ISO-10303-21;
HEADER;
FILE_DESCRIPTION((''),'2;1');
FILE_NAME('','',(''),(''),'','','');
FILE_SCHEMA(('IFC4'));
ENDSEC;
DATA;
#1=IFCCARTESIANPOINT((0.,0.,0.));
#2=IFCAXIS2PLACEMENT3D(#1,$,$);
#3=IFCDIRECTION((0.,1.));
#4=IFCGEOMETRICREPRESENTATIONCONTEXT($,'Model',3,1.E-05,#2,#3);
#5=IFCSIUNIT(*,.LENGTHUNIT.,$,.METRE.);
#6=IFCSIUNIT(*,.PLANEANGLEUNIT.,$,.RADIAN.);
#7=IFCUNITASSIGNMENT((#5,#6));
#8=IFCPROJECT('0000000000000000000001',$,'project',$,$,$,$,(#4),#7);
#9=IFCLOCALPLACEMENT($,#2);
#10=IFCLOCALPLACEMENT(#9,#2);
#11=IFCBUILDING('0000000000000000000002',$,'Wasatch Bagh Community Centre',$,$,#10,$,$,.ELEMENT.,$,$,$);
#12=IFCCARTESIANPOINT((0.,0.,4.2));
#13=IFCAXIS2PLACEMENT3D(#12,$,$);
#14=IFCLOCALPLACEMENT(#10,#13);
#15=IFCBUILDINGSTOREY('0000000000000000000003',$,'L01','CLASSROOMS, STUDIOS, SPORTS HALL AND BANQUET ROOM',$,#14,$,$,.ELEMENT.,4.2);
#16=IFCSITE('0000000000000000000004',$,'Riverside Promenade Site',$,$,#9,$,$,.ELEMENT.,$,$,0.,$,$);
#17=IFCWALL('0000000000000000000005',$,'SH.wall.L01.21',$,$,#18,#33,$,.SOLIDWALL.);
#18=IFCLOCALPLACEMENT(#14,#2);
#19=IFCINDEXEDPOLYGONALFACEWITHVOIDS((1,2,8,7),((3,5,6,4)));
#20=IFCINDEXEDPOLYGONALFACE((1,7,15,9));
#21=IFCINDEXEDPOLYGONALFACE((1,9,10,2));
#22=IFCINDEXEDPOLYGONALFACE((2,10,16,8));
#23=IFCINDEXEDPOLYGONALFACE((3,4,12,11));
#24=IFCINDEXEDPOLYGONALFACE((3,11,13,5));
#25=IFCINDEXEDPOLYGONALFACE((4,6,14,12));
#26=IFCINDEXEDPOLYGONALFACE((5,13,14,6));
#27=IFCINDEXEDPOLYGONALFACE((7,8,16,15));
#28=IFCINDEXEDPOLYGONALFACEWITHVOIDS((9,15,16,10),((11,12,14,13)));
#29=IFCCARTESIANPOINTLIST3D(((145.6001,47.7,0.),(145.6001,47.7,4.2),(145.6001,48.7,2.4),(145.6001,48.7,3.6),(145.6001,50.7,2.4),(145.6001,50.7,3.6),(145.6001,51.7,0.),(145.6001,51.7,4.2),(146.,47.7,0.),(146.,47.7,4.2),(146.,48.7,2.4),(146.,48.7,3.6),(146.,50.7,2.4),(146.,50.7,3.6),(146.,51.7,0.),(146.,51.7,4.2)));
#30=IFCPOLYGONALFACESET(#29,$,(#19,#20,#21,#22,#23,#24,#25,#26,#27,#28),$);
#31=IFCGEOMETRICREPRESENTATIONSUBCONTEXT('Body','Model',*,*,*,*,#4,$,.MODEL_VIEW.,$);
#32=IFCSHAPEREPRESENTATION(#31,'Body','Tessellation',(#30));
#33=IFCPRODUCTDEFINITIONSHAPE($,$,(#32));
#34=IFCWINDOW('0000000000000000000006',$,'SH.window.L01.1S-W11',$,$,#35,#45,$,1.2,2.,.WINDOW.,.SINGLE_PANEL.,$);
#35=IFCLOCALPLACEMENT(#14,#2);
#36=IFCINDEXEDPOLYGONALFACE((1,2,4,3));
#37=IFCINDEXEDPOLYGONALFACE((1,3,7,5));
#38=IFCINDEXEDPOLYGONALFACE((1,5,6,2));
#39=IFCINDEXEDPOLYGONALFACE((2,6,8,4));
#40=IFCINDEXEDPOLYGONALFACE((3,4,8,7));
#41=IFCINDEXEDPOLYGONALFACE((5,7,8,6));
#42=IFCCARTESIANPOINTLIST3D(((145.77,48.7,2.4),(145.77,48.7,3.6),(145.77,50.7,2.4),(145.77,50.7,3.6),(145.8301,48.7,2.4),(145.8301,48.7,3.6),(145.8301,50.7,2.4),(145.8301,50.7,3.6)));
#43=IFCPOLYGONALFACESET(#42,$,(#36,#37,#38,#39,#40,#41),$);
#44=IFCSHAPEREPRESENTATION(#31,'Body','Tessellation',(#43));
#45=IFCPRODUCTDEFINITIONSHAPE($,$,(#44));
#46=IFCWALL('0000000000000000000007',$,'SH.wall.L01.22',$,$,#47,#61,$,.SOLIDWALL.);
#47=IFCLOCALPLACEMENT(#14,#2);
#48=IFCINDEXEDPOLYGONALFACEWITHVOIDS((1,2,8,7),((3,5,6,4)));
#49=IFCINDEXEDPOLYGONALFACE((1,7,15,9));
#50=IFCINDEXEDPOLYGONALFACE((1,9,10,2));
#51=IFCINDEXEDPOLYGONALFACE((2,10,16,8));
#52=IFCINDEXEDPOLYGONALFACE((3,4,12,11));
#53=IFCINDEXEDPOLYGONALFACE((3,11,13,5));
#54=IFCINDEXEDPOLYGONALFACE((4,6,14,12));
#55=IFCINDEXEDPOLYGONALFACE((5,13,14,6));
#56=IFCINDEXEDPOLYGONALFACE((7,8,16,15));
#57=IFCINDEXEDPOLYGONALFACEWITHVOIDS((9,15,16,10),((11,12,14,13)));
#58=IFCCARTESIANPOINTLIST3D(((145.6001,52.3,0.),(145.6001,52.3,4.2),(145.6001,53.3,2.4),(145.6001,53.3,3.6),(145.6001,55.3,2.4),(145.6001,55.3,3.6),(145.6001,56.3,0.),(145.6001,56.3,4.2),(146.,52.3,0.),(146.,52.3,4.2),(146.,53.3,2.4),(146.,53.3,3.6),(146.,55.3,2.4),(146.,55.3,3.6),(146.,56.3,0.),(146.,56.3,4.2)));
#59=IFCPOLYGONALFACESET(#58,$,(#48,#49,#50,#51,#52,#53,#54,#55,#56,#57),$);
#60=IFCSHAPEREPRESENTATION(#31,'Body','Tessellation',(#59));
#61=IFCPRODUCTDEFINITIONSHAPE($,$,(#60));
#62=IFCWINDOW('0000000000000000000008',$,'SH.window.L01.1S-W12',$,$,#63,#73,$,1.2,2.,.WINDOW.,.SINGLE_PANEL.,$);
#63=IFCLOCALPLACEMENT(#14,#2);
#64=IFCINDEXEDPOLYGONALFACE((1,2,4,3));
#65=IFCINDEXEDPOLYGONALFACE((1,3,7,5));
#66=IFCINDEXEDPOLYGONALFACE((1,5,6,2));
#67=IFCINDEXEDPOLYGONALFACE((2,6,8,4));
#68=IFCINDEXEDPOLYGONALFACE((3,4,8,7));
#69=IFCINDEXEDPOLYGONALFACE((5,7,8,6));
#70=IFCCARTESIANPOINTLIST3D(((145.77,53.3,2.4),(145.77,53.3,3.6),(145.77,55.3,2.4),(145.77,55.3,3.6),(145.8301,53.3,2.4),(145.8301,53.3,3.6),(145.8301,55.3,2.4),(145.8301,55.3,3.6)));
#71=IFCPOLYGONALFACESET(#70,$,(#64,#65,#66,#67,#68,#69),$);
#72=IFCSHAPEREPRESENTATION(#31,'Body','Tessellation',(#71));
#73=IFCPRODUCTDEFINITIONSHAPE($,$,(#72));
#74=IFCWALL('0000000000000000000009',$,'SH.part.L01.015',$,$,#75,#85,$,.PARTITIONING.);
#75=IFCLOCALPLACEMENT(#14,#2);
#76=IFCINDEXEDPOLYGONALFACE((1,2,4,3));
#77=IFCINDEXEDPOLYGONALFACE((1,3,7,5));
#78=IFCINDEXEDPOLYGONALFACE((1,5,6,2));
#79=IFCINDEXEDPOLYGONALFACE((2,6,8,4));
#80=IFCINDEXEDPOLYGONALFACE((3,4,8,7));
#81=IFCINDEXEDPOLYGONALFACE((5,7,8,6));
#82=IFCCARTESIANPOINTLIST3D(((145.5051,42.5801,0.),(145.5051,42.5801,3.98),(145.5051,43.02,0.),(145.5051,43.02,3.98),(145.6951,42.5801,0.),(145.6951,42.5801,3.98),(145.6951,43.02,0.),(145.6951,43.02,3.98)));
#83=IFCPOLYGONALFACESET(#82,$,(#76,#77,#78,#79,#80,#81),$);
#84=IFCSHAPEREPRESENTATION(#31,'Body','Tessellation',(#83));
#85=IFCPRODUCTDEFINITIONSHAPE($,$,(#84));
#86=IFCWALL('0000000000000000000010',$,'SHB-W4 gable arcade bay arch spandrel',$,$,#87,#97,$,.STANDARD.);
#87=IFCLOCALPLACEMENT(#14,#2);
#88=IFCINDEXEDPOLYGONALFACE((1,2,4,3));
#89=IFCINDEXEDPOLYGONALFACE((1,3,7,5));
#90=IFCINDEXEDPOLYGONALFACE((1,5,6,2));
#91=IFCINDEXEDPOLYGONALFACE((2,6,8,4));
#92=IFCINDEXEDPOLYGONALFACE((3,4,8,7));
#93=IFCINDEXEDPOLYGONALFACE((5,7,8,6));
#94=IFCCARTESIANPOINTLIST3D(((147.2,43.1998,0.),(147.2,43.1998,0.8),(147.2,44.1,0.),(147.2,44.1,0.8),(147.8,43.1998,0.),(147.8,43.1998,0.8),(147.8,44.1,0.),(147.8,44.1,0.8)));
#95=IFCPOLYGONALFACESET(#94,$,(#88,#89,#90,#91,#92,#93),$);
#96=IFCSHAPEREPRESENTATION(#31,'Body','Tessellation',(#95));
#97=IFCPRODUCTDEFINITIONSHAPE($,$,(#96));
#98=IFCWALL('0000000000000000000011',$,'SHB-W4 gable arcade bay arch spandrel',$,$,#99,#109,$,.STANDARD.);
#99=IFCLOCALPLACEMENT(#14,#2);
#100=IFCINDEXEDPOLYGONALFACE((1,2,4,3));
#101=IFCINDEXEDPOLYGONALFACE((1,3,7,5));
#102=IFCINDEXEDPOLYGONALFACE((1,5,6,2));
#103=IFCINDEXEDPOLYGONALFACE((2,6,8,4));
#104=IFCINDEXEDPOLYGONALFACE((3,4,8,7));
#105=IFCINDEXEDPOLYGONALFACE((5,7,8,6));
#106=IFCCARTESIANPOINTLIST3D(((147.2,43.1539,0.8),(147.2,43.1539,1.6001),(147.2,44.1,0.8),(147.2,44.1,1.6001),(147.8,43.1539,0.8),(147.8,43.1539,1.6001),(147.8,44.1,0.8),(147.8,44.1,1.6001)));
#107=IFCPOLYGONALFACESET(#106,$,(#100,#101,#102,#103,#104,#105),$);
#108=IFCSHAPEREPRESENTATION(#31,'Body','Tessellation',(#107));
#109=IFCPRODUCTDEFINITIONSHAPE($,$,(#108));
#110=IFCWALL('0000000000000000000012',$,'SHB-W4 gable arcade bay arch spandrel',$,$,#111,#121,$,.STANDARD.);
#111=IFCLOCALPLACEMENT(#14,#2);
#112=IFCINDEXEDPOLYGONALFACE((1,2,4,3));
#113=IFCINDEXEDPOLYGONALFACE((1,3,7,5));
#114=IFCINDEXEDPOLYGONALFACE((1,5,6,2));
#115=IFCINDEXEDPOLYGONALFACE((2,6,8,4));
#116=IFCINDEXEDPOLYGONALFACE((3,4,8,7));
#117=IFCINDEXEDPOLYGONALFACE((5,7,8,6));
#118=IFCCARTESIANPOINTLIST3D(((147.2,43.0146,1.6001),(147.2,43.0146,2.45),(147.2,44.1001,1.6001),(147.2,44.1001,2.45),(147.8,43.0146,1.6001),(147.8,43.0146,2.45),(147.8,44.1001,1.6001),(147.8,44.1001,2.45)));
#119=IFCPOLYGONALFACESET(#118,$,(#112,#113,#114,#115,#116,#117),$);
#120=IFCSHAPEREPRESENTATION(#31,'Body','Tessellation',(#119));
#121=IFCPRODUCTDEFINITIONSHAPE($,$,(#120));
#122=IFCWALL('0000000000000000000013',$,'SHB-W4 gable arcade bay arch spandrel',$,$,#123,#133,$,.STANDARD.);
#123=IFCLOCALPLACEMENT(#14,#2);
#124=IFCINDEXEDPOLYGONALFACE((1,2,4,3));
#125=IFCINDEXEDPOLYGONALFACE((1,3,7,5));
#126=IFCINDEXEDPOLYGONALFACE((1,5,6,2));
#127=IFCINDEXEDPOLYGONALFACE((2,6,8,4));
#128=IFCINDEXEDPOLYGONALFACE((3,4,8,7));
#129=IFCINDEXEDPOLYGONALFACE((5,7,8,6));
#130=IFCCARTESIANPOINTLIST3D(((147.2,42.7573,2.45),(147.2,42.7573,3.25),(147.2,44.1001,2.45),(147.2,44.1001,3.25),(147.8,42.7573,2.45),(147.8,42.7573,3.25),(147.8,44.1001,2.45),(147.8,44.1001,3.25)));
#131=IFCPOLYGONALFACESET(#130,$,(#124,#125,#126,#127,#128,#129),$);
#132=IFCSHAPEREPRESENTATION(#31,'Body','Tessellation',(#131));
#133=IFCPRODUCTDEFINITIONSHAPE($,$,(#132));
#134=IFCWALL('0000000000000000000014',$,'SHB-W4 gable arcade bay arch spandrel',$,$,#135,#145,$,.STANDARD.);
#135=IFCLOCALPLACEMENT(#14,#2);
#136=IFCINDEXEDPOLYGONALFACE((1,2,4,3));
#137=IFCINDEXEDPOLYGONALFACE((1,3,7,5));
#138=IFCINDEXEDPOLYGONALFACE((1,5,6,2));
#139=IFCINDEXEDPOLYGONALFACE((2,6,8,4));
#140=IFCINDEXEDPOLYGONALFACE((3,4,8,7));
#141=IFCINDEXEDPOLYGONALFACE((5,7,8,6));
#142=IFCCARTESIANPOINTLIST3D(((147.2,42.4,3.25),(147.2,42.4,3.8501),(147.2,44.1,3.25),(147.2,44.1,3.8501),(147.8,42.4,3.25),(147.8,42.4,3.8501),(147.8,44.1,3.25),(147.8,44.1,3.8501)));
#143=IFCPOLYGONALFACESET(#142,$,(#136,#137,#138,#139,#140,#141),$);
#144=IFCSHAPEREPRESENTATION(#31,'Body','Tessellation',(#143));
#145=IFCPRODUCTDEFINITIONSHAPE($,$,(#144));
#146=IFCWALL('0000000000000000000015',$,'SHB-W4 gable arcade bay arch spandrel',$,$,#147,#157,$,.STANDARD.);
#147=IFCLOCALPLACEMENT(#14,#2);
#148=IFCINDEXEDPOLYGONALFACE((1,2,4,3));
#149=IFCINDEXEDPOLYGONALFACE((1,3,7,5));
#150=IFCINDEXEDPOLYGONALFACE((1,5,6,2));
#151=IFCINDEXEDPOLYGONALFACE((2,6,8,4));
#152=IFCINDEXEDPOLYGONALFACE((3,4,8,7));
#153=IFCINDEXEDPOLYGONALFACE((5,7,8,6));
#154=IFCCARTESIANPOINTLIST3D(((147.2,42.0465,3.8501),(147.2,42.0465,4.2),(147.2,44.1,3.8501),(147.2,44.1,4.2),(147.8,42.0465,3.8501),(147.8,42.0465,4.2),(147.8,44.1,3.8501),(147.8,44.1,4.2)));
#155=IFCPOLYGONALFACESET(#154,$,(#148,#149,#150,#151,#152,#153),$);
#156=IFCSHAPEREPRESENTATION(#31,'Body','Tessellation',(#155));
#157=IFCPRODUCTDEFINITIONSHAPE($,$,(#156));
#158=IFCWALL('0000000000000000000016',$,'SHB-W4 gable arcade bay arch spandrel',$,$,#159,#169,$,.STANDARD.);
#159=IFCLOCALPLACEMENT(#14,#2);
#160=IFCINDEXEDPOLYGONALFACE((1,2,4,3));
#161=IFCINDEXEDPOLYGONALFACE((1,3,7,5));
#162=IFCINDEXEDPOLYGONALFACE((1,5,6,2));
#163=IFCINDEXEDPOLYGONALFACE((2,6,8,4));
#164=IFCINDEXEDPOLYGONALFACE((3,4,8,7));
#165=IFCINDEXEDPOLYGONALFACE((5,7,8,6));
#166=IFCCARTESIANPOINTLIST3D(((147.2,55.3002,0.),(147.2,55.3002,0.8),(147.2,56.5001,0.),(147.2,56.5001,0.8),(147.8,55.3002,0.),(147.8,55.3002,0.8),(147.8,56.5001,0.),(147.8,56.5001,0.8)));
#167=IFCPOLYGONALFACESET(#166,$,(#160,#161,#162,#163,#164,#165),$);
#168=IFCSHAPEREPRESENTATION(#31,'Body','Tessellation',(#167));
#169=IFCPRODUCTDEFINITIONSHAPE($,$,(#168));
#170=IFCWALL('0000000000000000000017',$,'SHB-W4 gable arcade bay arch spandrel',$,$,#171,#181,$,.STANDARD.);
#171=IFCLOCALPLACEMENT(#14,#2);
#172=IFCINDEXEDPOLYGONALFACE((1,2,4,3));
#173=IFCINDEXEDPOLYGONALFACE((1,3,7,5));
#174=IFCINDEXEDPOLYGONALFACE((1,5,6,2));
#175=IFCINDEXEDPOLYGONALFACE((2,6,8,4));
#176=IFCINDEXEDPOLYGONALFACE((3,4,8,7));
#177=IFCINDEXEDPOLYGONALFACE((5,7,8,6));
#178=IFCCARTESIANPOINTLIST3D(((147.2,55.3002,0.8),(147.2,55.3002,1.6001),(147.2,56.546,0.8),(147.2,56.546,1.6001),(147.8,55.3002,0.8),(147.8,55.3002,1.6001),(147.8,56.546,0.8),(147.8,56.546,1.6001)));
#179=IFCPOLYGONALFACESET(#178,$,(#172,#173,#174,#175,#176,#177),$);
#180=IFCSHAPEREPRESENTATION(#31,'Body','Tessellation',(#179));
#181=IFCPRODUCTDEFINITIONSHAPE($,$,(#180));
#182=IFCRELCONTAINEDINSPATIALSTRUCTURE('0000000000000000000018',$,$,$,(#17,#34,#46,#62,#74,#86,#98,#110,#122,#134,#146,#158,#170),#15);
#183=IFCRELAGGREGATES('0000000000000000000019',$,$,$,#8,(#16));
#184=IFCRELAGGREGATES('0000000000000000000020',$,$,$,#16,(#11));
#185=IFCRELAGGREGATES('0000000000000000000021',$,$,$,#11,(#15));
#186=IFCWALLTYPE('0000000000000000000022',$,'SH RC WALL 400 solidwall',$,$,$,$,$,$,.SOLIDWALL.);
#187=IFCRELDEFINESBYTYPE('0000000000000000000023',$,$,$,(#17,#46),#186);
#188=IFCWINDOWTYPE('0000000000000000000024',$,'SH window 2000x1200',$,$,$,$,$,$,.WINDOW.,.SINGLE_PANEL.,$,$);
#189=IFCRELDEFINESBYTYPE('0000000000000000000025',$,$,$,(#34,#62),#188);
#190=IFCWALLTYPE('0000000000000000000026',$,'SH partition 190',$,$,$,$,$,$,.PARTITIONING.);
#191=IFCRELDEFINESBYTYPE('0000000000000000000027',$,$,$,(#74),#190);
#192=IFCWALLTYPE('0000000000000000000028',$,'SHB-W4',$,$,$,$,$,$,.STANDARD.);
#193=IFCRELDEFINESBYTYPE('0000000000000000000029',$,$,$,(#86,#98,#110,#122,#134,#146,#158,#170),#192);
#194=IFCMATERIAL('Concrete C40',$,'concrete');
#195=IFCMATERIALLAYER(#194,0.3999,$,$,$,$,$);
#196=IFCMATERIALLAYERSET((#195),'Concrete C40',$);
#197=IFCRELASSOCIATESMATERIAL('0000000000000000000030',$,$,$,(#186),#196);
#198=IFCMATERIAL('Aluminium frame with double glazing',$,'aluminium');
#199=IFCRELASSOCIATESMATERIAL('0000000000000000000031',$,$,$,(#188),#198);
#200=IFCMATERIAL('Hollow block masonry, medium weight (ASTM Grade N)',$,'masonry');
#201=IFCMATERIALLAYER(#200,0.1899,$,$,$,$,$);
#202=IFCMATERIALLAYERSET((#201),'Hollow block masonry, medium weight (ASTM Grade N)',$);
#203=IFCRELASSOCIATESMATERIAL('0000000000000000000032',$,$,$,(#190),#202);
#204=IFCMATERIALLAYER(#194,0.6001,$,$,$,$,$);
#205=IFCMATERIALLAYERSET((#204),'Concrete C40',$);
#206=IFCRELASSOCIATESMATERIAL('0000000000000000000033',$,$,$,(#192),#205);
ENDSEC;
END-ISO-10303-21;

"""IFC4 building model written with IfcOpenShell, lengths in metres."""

from ifc_helpers import new_model, si_unit, direction, frame, frame_2d, origin, place, context, subcontext, project, spatial, rectangle, extrude, material, layer, layer_set, type_object, element, fill, save


model = new_model("IFC4")

# Units and contexts
model_context = context("Model", 3, precision=1e-05, world=origin(), true_north=direction((0.0, 1.0)))
body_context = subcontext(model_context, "Body", "Model", "MODEL_VIEW")
ifc_project = project(units=[si_unit("LENGTHUNIT", "METRE"), si_unit("PLANEANGLEUNIT", "RADIAN")], contexts=[model_context])

# Site, building, storey
site_placement = place(None, origin())
site = spatial("IfcSite", under=ifc_project, at=site_placement, Name="Riverside Promenade Site", CompositionType="ELEMENT", RefElevation=0.0)
building_placement = place(site_placement, origin())
building = spatial("IfcBuilding", under=site, at=building_placement, Name="Wasatch Bagh Community Centre", CompositionType="ELEMENT")
storey_placement = place(building_placement, frame((0.0, 0.0, 4.2)))
storey = spatial("IfcBuildingStorey", under=building, at=storey_placement, Name="L01", Description="CLASSROOMS, STUDIOS, SPORTS HALL AND BANQUET ROOM", CompositionType="ELEMENT", Elevation=4.2)

# Shared definitions
ifc_material_1 = material(Name="Concrete C40", Category="concrete")

# Walls, openings, windows
ifc_layer_1 = layer(ifc_material_1, 0.3999)
ifc_layer_set_1 = layer_set([ifc_layer_1], Name="Concrete C40")
wall_type_1 = type_object("IfcWallType", Name="SH RC WALL 400 solidwall", PredefinedType="SOLIDWALL", material=ifc_layer_set_1)
ifc_material_2 = material(Name="Aluminium frame with double glazing", Category="aluminium")
window_type = type_object("IfcWindowType", Name="SH window 2000x1200", PartitioningType="SINGLE_PANEL", PredefinedType="WINDOW", material=ifc_material_2)
wall_1_placement = place(storey_placement, frame((145.8, 47.7, 0.0), z_axis=(0.0, 0.0, 1.0), x_axis=(0.0, 1.0, 0.0)))
wall_1 = element("IfcWall", 1, at=wall_1_placement, inside=storey, type_object=wall_type_1, Name="SH.wall.L01.21", PredefinedType="SOLIDWALL", context=body_context, shape_type="SweptSolid", body=[
    extrude(rectangle(XDim=4.0, YDim=0.3999, at=frame_2d((2.0, 0.0))), origin(), (0.0, 0.0, 1.0), 4.2),
])
opening_1_placement = place(wall_1_placement, frame((1.0, 0.0, 2.3999)))
opening_1 = element("IfcOpeningElement", 2, at=opening_1_placement, cuts=wall_1, PredefinedType="OPENING", context=body_context, shape_type="SweptSolid", body=[
    extrude(rectangle(XDim=2.0, YDim=1.2, at=frame_2d((1.0, 0.6001))), frame((0.0, 0.21, 0.0), z_axis=(0.0, -1.0, 0.0), x_axis=(1.0, 0.0, 0.0)), (0.0, 0.0, 1.0), 0.4199),
])
window_1_placement = place(opening_1_placement, origin())
window_1 = element("IfcWindow", 3, at=window_1_placement, inside=storey, type_object=window_type, Name="SH.window.L01.1S-W11", OverallHeight=1.2, OverallWidth=2.0, PartitioningType="SINGLE_PANEL", PredefinedType="WINDOW", context=body_context, shape_type="SweptSolid", body=[
    extrude(rectangle(XDim=2.0, YDim=1.2, at=frame_2d((1.0, 0.6001))), frame((0.0, 0.03, 0.0), z_axis=(0.0, -1.0, 0.0), x_axis=(1.0, 0.0, 0.0)), (0.0, 0.0, 1.0), 0.0601),
])
fill(opening_1, window_1)
wall_2_placement = place(storey_placement, frame((145.8, 52.3, 0.0), z_axis=(0.0, 0.0, 1.0), x_axis=(0.0, 1.0, 0.0)))
wall_2 = element("IfcWall", 4, at=wall_2_placement, inside=storey, type_object=wall_type_1, Name="SH.wall.L01.22", PredefinedType="SOLIDWALL", context=body_context, shape_type="SweptSolid", body=[
    extrude(rectangle(XDim=4.0, YDim=0.3999, at=frame_2d((2.0, 0.0))), origin(), (0.0, 0.0, 1.0), 4.2),
])
opening_2_placement = place(wall_2_placement, frame((1.0, 0.0, 2.3999)))
opening_2 = element("IfcOpeningElement", 5, at=opening_2_placement, cuts=wall_2, PredefinedType="OPENING", context=body_context, shape_type="SweptSolid", body=[
    extrude(rectangle(XDim=2.0, YDim=1.2, at=frame_2d((1.0, 0.6001))), frame((0.0, 0.21, 0.0), z_axis=(0.0, -1.0, 0.0), x_axis=(1.0, 0.0, 0.0)), (0.0, 0.0, 1.0), 0.4199),
])
window_2_placement = place(opening_2_placement, origin())
window_2 = element("IfcWindow", 6, at=window_2_placement, inside=storey, type_object=window_type, Name="SH.window.L01.1S-W12", OverallHeight=1.2, OverallWidth=2.0, PartitioningType="SINGLE_PANEL", PredefinedType="WINDOW", context=body_context, shape_type="SweptSolid", body=[
    extrude(rectangle(XDim=2.0, YDim=1.2, at=frame_2d((1.0, 0.6001))), frame((0.0, 0.03, 0.0), z_axis=(0.0, -1.0, 0.0), x_axis=(1.0, 0.0, 0.0)), (0.0, 0.0, 1.0), 0.0601),
])
fill(opening_2, window_2)

# Walls
ifc_material_3 = material(Name="Hollow block masonry, medium weight (ASTM Grade N)", Category="masonry")
ifc_layer_2 = layer(ifc_material_3, 0.1899)
ifc_layer_set_2 = layer_set([ifc_layer_2], Name="Hollow block masonry, medium weight (ASTM Grade N)")
wall_type_2 = type_object("IfcWallType", Name="SH partition 190", PredefinedType="PARTITIONING", material=ifc_layer_set_2)
wall_3_placement = place(storey_placement, frame((145.6001, 42.5801, 0.0), z_axis=(0.0, 0.0, 1.0), x_axis=(0.0, 1.0, 0.0)))
element("IfcWall", 7, at=wall_3_placement, inside=storey, type_object=wall_type_2, Name="SH.part.L01.015", PredefinedType="PARTITIONING", context=body_context, shape_type="SweptSolid", body=[
    extrude(rectangle(XDim=0.4399, YDim=0.1899, at=frame_2d((0.22, 0.0))), origin(), (0.0, 0.0, 1.0), 3.98),
])
ifc_layer_3 = layer(ifc_material_1, 0.6001)
ifc_layer_set_3 = layer_set([ifc_layer_3], Name="Concrete C40")
wall_type_3 = type_object("IfcWallType", Name="SHB-W4", PredefinedType="STANDARD", material=ifc_layer_set_3)
wall_4_placement = place(storey_placement, frame((147.5, 44.1001, 0.0), z_axis=(0.0, 0.0, 1.0), x_axis=(0.0, -1.0, 0.0)))
element("IfcWall", 8, at=wall_4_placement, inside=storey, type_object=wall_type_3, Name="SHB-W4 gable arcade bay arch spandrel", PredefinedType="STANDARD", context=body_context, shape_type="SweptSolid", body=[
    extrude(rectangle(XDim=0.9001, YDim=0.6001, at=frame_2d((0.4502, 0.0))), origin(), (0.0, 0.0, 1.0), 0.8),
])
wall_5_placement = place(storey_placement, frame((147.5, 44.1001, 0.8), z_axis=(0.0, 0.0, 1.0), x_axis=(0.0, -1.0, 0.0)))
element("IfcWall", 9, at=wall_5_placement, inside=storey, type_object=wall_type_3, Name="SHB-W4 gable arcade bay arch spandrel", PredefinedType="STANDARD", context=body_context, shape_type="SweptSolid", body=[
    extrude(rectangle(XDim=0.946, YDim=0.6001, at=frame_2d((0.4731, 0.0))), origin(), (0.0, 0.0, 1.0), 0.8),
])
wall_6_placement = place(storey_placement, frame((147.5, 44.1001, 1.6001), z_axis=(0.0, 0.0, 1.0), x_axis=(0.0, -1.0, 0.0)))
element("IfcWall", 10, at=wall_6_placement, inside=storey, type_object=wall_type_3, Name="SHB-W4 gable arcade bay arch spandrel", PredefinedType="STANDARD", context=body_context, shape_type="SweptSolid", body=[
    extrude(rectangle(XDim=1.0854, YDim=0.6001, at=frame_2d((0.5427, 0.0))), origin(), (0.0, 0.0, 1.0), 0.8499),
])
wall_7_placement = place(storey_placement, frame((147.5, 44.1001, 2.45), z_axis=(0.0, 0.0, 1.0), x_axis=(0.0, -1.0, 0.0)))
element("IfcWall", 11, at=wall_7_placement, inside=storey, type_object=wall_type_3, Name="SHB-W4 gable arcade bay arch spandrel", PredefinedType="STANDARD", context=body_context, shape_type="SweptSolid", body=[
    extrude(rectangle(XDim=1.3428, YDim=0.6001, at=frame_2d((0.6714, 0.0))), origin(), (0.0, 0.0, 1.0), 0.8),
])
wall_8_placement = place(storey_placement, frame((147.5, 44.1001, 3.25), z_axis=(0.0, 0.0, 1.0), x_axis=(0.0, -1.0, 0.0)))
element("IfcWall", 12, at=wall_8_placement, inside=storey, type_object=wall_type_3, Name="SHB-W4 gable arcade bay arch spandrel", PredefinedType="STANDARD", context=body_context, shape_type="SweptSolid", body=[
    extrude(rectangle(XDim=1.7, YDim=0.6001, at=frame_2d((0.8501, 0.0))), origin(), (0.0, 0.0, 1.0), 0.6001),
])
wall_9_placement = place(storey_placement, frame((147.5, 44.1001, 3.8501), z_axis=(0.0, 0.0, 1.0), x_axis=(0.0, -1.0, 0.0)))
element("IfcWall", 13, at=wall_9_placement, inside=storey, type_object=wall_type_3, Name="SHB-W4 gable arcade bay arch spandrel", PredefinedType="STANDARD", context=body_context, shape_type="SweptSolid", body=[
    extrude(rectangle(XDim=2.0535, YDim=0.6001, at=frame_2d((1.0269, 0.0))), origin(), (0.0, 0.0, 1.0), 0.3499),
])
wall_10_placement = place(storey_placement, frame((147.5, 55.3, 0.0), z_axis=(0.0, 0.0, 1.0), x_axis=(0.0, 1.0, 0.0)))
element("IfcWall", 14, at=wall_10_placement, inside=storey, type_object=wall_type_3, Name="SHB-W4 gable arcade bay arch spandrel", PredefinedType="STANDARD", context=body_context, shape_type="SweptSolid", body=[
    extrude(rectangle(XDim=1.2, YDim=0.6001, at=frame_2d((0.6001, 0.0))), origin(), (0.0, 0.0, 1.0), 0.8),
])
wall_11_placement = place(storey_placement, frame((147.5, 55.3, 0.8), z_axis=(0.0, 0.0, 1.0), x_axis=(0.0, 1.0, 0.0)))
element("IfcWall", 15, at=wall_11_placement, inside=storey, type_object=wall_type_3, Name="SHB-W4 gable arcade bay arch spandrel", PredefinedType="STANDARD", context=body_context, shape_type="SweptSolid", body=[
    extrude(rectangle(XDim=1.2458, YDim=0.6001, at=frame_2d((0.623, 0.0))), origin(), (0.0, 0.0, 1.0), 0.8),
])

save(model, "model.ifc")
